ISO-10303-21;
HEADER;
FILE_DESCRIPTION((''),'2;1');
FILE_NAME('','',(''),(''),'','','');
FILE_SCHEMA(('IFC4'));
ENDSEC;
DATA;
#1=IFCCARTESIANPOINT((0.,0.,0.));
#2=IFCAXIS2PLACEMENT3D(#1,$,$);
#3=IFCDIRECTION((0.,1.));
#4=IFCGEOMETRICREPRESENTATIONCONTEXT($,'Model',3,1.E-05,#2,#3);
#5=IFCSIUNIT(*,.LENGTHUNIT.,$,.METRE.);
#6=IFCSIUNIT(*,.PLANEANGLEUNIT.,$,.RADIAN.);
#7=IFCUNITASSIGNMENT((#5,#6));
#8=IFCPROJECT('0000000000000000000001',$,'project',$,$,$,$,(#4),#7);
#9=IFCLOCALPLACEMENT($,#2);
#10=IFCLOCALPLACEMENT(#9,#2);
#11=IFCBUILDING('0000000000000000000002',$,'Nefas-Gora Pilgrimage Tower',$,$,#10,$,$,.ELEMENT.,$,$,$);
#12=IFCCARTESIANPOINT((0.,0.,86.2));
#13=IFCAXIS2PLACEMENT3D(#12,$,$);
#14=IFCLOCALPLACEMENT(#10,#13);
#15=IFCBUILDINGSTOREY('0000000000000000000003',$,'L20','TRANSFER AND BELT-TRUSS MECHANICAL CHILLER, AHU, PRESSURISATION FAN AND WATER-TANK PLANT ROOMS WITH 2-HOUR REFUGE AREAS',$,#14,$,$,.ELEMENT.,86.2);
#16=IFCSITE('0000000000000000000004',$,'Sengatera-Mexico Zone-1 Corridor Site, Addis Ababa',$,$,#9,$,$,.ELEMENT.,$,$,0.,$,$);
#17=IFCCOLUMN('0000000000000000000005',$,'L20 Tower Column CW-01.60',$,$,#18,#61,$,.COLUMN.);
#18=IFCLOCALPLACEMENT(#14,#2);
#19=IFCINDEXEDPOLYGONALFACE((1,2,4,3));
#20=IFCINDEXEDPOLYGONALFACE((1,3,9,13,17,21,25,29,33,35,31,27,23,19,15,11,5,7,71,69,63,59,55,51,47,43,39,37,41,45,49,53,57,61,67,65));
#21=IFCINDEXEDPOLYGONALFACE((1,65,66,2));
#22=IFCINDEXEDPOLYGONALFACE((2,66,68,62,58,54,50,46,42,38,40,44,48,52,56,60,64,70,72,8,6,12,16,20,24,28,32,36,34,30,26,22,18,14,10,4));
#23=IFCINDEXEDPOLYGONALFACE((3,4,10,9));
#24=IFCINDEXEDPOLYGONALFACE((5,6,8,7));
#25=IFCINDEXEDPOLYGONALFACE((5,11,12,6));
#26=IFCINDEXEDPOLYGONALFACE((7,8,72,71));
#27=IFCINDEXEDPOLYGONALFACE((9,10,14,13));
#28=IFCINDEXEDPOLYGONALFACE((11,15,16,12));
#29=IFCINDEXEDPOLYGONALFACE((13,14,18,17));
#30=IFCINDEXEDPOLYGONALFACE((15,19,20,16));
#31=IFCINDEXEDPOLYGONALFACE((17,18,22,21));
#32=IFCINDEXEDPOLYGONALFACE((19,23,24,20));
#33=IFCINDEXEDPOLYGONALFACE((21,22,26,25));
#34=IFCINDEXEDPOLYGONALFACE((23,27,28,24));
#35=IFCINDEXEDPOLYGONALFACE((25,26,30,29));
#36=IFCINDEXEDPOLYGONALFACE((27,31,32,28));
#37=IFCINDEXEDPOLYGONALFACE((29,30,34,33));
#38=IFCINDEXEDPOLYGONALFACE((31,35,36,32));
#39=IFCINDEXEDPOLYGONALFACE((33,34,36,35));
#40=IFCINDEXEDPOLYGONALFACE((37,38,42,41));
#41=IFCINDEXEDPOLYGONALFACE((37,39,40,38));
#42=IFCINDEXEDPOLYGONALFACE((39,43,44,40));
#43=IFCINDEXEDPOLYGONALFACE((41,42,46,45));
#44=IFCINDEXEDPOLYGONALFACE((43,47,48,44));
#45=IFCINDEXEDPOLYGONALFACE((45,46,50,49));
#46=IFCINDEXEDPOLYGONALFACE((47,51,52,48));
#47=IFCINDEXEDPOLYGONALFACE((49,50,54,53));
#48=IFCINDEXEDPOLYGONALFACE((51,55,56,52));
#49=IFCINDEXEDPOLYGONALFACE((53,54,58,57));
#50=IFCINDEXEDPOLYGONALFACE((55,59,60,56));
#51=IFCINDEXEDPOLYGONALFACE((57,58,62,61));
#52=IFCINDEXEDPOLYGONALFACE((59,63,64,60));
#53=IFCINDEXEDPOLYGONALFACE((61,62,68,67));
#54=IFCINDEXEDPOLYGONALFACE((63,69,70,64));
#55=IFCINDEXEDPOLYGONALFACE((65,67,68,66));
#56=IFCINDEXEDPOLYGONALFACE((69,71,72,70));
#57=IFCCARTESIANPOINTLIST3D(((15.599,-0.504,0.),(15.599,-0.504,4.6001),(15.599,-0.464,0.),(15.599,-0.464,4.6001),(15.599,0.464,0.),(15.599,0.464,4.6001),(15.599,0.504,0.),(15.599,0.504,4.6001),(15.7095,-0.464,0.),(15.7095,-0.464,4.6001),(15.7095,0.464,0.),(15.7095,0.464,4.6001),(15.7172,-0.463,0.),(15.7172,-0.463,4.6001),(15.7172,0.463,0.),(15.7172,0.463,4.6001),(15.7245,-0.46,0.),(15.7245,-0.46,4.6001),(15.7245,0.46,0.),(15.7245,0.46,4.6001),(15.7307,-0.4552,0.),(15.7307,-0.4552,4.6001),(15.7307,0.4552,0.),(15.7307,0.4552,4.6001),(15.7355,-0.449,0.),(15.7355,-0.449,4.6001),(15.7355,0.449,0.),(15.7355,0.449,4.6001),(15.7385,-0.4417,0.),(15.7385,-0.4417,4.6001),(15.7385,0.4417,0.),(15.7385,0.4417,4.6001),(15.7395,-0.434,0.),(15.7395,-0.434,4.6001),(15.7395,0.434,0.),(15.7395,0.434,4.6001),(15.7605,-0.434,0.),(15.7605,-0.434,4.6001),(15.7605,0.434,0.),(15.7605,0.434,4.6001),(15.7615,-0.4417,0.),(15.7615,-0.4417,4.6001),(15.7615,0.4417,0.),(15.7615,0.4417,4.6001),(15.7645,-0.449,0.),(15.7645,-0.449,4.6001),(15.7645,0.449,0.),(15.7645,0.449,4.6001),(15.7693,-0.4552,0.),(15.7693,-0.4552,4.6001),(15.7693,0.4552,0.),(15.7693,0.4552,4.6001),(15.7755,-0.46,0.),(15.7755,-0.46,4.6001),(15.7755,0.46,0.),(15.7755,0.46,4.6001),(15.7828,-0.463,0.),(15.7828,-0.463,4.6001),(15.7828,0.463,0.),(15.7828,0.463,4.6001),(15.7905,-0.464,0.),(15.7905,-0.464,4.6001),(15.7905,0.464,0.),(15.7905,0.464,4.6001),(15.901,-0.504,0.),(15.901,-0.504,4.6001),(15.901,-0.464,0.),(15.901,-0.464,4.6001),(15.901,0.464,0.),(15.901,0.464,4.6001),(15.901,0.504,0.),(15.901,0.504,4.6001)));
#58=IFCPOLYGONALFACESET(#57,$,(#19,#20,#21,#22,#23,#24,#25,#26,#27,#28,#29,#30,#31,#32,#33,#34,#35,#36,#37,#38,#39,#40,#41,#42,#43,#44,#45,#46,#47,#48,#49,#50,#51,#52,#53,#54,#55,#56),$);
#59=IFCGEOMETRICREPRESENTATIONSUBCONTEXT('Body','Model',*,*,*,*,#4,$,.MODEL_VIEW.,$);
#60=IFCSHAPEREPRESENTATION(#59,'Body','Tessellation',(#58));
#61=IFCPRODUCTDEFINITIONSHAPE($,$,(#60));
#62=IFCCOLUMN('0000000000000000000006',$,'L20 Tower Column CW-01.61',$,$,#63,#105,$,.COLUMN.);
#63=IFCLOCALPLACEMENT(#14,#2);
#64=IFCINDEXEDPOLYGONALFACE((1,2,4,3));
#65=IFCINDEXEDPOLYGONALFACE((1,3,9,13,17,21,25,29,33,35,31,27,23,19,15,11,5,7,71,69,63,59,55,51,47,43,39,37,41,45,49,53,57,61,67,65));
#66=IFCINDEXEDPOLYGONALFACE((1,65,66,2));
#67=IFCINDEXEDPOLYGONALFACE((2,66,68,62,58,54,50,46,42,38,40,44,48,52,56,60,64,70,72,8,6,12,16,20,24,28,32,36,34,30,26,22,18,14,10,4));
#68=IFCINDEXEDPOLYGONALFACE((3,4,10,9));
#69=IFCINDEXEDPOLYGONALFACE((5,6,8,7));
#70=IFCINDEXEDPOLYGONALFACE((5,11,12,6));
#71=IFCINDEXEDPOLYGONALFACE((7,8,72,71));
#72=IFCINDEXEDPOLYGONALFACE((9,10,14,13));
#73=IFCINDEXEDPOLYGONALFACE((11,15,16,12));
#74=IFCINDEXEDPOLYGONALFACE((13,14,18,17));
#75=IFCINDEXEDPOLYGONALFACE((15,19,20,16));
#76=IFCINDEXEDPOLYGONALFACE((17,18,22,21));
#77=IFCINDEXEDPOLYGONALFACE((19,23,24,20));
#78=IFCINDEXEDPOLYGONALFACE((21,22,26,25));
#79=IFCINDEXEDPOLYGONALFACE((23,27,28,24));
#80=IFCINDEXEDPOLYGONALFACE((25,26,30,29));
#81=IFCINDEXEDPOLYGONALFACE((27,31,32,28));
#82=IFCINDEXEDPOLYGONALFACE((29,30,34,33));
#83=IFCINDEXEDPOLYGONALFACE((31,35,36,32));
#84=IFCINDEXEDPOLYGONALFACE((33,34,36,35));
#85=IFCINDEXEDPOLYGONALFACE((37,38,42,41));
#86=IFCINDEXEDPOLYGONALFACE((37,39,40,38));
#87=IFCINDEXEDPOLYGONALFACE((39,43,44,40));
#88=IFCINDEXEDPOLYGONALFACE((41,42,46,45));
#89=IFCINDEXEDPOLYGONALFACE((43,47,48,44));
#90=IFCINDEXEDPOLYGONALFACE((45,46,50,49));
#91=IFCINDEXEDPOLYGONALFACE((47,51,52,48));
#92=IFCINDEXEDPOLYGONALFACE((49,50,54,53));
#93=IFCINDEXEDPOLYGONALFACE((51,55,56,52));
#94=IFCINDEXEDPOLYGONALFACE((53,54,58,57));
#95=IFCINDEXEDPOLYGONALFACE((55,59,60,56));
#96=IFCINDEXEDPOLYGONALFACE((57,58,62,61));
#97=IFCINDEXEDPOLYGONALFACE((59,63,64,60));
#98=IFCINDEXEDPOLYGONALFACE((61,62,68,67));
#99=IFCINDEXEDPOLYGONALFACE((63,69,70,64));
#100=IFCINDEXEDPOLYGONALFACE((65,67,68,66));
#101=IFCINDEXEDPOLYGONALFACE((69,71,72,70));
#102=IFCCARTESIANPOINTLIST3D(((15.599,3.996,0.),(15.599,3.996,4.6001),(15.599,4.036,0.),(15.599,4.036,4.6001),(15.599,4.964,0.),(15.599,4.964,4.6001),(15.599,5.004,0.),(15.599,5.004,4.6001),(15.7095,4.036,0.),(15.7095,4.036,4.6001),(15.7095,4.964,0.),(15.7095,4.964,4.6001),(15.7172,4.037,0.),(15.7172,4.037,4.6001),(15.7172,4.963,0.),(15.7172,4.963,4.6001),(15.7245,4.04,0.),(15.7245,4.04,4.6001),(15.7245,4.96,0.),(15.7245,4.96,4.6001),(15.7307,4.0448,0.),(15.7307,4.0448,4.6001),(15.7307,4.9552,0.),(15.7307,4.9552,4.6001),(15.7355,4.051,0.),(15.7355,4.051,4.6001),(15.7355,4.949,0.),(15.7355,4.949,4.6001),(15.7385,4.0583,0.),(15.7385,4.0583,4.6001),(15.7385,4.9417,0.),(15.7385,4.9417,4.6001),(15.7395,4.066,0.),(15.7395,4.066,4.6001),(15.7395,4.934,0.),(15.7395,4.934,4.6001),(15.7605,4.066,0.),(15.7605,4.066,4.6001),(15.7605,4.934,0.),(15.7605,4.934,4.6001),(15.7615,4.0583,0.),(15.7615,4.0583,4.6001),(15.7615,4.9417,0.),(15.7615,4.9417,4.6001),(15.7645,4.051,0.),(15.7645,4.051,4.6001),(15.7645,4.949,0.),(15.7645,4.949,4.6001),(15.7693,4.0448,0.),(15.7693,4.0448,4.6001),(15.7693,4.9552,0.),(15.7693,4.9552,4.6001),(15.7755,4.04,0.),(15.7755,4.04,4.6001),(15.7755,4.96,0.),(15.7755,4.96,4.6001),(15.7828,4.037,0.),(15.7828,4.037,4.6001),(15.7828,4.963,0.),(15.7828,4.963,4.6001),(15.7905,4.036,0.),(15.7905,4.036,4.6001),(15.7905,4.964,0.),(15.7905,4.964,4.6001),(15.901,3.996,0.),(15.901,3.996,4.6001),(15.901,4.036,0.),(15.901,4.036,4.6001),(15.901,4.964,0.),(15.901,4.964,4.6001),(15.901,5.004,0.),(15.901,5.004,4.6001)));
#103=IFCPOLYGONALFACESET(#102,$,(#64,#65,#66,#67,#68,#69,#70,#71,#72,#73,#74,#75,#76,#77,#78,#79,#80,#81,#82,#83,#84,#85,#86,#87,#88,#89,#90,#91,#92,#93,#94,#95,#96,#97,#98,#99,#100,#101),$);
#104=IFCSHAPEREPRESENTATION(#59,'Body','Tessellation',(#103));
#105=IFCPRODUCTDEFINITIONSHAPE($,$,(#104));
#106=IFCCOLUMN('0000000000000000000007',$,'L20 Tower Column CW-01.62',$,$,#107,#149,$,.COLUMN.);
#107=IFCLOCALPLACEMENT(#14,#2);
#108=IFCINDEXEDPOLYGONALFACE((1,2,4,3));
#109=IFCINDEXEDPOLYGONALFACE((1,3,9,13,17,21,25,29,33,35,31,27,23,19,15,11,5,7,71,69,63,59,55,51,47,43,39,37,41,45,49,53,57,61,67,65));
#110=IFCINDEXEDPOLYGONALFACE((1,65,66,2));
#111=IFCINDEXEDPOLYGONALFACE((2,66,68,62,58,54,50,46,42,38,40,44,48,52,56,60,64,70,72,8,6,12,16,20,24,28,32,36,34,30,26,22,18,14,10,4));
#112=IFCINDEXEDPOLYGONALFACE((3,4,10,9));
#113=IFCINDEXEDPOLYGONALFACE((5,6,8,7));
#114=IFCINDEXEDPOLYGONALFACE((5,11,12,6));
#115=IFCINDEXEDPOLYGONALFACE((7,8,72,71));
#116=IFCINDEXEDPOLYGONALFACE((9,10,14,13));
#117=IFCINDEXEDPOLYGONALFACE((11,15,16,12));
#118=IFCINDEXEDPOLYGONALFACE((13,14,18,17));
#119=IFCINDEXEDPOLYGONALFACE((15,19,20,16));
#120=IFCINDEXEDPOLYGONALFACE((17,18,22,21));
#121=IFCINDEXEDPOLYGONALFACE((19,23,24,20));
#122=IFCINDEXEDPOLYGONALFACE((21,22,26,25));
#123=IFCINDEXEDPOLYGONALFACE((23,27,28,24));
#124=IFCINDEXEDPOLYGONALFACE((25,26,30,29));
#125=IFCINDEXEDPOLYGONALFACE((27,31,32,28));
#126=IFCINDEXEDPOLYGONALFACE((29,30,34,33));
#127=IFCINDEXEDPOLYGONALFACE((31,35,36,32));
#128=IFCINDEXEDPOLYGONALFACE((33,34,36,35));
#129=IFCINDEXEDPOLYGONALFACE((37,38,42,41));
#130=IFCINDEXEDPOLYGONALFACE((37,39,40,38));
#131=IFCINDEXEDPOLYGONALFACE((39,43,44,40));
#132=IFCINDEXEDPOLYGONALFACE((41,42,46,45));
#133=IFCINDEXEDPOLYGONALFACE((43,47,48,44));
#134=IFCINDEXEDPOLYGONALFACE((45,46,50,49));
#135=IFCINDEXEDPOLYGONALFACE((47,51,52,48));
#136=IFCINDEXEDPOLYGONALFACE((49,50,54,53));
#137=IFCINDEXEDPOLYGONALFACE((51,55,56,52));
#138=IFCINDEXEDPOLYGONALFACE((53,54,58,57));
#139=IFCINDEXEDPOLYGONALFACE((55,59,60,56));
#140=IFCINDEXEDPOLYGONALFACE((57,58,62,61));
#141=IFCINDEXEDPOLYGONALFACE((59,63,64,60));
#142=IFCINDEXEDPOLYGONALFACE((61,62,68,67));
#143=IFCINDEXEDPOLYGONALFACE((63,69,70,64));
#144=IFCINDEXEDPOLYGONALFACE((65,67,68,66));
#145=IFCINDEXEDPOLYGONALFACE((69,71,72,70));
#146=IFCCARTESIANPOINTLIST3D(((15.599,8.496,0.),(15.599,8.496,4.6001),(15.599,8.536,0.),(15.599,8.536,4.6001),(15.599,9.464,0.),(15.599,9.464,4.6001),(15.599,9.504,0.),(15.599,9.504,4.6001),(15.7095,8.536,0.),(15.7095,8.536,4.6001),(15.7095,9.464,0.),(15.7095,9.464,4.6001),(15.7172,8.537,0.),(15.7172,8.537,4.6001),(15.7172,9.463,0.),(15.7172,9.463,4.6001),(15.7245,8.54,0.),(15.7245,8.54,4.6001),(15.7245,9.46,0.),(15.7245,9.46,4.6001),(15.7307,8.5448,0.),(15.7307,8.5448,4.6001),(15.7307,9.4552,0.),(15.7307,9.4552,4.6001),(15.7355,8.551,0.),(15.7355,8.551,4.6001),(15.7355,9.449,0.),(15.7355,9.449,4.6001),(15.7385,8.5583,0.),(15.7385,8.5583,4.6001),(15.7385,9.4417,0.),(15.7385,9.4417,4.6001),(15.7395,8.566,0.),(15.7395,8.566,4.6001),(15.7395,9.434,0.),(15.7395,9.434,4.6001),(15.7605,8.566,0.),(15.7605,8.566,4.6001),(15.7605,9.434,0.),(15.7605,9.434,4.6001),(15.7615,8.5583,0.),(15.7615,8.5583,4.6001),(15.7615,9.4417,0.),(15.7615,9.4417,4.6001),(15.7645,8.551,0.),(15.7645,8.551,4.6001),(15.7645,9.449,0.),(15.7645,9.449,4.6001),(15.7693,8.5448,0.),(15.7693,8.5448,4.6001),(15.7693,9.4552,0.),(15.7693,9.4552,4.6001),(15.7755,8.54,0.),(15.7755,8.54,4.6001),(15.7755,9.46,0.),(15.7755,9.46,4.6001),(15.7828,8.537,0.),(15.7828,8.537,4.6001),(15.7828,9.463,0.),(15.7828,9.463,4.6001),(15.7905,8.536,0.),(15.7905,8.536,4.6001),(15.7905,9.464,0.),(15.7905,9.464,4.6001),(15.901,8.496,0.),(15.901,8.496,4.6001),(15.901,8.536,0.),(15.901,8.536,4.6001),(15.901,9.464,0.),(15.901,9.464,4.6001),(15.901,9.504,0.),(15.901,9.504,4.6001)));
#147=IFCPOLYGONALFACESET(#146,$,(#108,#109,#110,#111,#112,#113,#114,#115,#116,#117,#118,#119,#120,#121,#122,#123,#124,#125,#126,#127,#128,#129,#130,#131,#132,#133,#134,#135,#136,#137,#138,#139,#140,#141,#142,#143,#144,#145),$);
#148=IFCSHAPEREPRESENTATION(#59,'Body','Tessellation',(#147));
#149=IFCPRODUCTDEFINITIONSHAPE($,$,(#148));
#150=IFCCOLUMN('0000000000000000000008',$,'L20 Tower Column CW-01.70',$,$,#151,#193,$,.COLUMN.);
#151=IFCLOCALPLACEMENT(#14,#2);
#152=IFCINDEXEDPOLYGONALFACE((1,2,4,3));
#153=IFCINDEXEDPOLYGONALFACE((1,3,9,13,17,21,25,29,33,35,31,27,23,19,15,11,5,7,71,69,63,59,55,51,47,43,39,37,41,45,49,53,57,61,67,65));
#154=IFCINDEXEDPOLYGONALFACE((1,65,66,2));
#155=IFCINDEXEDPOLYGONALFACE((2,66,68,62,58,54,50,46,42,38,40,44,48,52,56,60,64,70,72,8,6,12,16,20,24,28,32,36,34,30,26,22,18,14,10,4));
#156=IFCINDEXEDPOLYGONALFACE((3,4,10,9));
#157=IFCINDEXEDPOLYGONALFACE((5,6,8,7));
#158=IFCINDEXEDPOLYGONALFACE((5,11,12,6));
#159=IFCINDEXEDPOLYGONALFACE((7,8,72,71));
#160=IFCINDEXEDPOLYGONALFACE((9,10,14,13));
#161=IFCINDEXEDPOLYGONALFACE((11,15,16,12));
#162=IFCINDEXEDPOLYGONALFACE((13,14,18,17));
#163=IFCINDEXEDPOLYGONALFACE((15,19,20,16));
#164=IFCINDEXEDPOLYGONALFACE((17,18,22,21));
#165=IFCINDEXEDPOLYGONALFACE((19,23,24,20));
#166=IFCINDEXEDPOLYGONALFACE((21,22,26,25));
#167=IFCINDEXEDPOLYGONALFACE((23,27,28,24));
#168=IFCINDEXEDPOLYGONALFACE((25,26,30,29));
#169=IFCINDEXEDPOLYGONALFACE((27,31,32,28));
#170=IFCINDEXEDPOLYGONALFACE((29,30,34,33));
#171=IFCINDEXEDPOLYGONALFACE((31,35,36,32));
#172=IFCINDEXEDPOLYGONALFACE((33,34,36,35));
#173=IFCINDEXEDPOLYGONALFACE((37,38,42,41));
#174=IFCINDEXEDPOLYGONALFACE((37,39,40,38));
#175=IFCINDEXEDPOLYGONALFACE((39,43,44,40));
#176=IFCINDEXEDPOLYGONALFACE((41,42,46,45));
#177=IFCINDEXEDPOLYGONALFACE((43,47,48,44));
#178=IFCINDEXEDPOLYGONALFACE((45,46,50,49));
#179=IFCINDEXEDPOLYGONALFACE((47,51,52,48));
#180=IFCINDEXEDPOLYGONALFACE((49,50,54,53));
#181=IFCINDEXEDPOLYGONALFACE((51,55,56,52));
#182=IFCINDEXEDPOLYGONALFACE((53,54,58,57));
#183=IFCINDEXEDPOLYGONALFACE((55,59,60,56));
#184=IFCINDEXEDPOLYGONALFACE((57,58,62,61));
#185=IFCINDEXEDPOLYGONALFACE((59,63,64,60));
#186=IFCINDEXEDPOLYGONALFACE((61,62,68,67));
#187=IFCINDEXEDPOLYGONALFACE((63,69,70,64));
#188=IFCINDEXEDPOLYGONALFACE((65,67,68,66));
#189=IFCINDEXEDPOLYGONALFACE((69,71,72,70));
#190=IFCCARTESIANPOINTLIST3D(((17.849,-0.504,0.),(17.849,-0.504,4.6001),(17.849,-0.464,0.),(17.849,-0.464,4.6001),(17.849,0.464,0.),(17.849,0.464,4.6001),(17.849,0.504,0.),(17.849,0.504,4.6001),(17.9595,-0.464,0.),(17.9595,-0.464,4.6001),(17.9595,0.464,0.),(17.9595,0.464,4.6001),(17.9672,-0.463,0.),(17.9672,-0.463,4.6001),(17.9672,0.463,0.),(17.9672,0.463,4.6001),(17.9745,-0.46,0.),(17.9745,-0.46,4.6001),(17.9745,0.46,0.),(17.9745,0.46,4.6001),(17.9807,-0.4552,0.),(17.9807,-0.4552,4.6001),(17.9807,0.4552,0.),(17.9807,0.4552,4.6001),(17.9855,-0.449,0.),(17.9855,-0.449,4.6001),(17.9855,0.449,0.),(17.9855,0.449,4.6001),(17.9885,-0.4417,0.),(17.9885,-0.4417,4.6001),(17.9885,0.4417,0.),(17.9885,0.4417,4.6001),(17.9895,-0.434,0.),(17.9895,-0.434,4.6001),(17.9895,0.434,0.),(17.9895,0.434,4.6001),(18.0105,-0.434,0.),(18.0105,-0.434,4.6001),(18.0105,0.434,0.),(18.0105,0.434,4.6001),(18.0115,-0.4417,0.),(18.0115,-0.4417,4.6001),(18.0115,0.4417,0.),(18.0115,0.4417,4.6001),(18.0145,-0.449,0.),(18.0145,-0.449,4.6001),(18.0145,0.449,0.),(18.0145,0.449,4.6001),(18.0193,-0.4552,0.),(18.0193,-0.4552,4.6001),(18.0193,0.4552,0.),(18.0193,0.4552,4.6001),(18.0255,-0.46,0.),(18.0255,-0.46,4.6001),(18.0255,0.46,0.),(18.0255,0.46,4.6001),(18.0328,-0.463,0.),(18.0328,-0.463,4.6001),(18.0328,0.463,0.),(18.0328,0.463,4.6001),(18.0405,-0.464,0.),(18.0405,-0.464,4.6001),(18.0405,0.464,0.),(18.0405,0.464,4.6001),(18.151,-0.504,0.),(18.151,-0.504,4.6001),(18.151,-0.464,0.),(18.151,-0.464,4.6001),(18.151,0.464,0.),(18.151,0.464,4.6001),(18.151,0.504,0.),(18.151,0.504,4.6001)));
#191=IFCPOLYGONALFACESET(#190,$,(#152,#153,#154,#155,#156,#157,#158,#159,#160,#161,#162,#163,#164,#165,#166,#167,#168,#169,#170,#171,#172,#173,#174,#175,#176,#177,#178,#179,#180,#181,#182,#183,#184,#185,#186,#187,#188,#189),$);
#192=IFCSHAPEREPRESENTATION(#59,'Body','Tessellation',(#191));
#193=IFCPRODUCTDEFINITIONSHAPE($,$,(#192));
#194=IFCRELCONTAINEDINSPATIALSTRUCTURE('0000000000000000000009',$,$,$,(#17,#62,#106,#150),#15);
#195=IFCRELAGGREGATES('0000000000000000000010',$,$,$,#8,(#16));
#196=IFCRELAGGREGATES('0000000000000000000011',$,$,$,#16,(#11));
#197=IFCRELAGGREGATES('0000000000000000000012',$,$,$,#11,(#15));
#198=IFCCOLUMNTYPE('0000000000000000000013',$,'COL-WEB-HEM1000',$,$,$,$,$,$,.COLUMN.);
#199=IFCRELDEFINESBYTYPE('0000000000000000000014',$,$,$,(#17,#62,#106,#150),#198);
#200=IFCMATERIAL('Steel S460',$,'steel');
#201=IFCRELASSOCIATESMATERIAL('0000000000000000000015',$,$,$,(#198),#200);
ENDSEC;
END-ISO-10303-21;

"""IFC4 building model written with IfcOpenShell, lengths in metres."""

from ifc_helpers import new_model, si_unit, direction, frame, origin, origin_2d, place, context, subcontext, project, spatial, i_section, extrude, source, transform, mapped, material, material_profile, profile_set, type_object, element, save


model = new_model("IFC4")

# Units and contexts
model_context = context("Model", 3, precision=1e-05, world=origin(), true_north=direction((0.0, 1.0)))
body_context = subcontext(model_context, "Body", "Model", "MODEL_VIEW")
ifc_project = project(units=[si_unit("LENGTHUNIT", "METRE"), si_unit("PLANEANGLEUNIT", "RADIAN")], contexts=[model_context])

# Site, building, storey
site_placement = place(None, origin())
site = spatial("IfcSite", under=ifc_project, at=site_placement, Name="Sengatera-Mexico Zone-1 Corridor Site, Addis Ababa", CompositionType="ELEMENT", RefElevation=0.0)
building_placement = place(site_placement, origin())
building = spatial("IfcBuilding", under=site, at=building_placement, Name="Nefas-Gora Pilgrimage Tower", CompositionType="ELEMENT")
storey_placement = place(building_placement, frame((0.0, 0.0, 86.2)))
storey = spatial("IfcBuildingStorey", under=building, at=storey_placement, Name="L20", Description="TRANSFER AND BELT-TRUSS MECHANICAL CHILLER, AHU, PRESSURISATION FAN AND WATER-TANK PLANT ROOMS WITH 2-HOUR REFUGE AREAS", CompositionType="ELEMENT", Elevation=86.2)

# Columns
ifc_material_1 = material(Name="Steel S460", Category="steel")
ifc_material_profile_1 = material_profile(ifc_material_1, i_section(OverallWidth=0.302, OverallDepth=1.0081, WebThickness=0.021, FlangeThickness=0.04, FilletRadius=0.03, at=origin_2d()), Name="HEM 1000")
ifc_profile_set_1 = profile_set([ifc_material_profile_1], Name="Steel S460")
column_type_1 = type_object("IfcColumnType", Name="COL-WEB-HEM1000", PredefinedType="COLUMN", material=ifc_profile_set_1)
shared_shape_1 = source(origin(), body_context, "Body", "SweptSolid", [
    extrude(i_section(OverallWidth=0.302, OverallDepth=1.0081, WebThickness=0.021, FlangeThickness=0.04, FilletRadius=0.03, at=origin_2d()), origin(), (0.0, 0.0, 1.0), 4.6001),
])
for number, where, z_axis, x_axis, name in (
    (1, (15.75, 0.0, 0.0), (0.0, 0.0, 1.0), (1.0, 0.0, 0.0), "L20 Tower Column CW-01.60"),
    (2, (15.75, 4.5, 0.0), (0.0, 0.0, 1.0), (1.0, 0.0, 0.0), "L20 Tower Column CW-01.61"),
    (3, (15.75, 9.0, 0.0), (0.0, 0.0, 1.0), (1.0, 0.0, 0.0), "L20 Tower Column CW-01.62"),
    (4, (18.0, 0.0, 0.0), (0.0, 0.0, 1.0), (1.0, 0.0, 0.0), "L20 Tower Column CW-01.70"),
):
    element("IfcColumn", number, at=place(storey_placement, frame(where, z_axis=z_axis, x_axis=x_axis)), inside=storey, type_object=column_type_1, Name=name, PredefinedType="COLUMN", context=body_context, shape_type="MappedRepresentation", body=[
        mapped(shared_shape_1, transform((0.0, 0.0, 0.0), x_axis=(1.0, 0.0, 0.0), y_axis=(0.0, 1.0, 0.0), z_axis=(0.0, 0.0, 1.0), scale=1.0)),
    ])

save(model, "model.ifc")
